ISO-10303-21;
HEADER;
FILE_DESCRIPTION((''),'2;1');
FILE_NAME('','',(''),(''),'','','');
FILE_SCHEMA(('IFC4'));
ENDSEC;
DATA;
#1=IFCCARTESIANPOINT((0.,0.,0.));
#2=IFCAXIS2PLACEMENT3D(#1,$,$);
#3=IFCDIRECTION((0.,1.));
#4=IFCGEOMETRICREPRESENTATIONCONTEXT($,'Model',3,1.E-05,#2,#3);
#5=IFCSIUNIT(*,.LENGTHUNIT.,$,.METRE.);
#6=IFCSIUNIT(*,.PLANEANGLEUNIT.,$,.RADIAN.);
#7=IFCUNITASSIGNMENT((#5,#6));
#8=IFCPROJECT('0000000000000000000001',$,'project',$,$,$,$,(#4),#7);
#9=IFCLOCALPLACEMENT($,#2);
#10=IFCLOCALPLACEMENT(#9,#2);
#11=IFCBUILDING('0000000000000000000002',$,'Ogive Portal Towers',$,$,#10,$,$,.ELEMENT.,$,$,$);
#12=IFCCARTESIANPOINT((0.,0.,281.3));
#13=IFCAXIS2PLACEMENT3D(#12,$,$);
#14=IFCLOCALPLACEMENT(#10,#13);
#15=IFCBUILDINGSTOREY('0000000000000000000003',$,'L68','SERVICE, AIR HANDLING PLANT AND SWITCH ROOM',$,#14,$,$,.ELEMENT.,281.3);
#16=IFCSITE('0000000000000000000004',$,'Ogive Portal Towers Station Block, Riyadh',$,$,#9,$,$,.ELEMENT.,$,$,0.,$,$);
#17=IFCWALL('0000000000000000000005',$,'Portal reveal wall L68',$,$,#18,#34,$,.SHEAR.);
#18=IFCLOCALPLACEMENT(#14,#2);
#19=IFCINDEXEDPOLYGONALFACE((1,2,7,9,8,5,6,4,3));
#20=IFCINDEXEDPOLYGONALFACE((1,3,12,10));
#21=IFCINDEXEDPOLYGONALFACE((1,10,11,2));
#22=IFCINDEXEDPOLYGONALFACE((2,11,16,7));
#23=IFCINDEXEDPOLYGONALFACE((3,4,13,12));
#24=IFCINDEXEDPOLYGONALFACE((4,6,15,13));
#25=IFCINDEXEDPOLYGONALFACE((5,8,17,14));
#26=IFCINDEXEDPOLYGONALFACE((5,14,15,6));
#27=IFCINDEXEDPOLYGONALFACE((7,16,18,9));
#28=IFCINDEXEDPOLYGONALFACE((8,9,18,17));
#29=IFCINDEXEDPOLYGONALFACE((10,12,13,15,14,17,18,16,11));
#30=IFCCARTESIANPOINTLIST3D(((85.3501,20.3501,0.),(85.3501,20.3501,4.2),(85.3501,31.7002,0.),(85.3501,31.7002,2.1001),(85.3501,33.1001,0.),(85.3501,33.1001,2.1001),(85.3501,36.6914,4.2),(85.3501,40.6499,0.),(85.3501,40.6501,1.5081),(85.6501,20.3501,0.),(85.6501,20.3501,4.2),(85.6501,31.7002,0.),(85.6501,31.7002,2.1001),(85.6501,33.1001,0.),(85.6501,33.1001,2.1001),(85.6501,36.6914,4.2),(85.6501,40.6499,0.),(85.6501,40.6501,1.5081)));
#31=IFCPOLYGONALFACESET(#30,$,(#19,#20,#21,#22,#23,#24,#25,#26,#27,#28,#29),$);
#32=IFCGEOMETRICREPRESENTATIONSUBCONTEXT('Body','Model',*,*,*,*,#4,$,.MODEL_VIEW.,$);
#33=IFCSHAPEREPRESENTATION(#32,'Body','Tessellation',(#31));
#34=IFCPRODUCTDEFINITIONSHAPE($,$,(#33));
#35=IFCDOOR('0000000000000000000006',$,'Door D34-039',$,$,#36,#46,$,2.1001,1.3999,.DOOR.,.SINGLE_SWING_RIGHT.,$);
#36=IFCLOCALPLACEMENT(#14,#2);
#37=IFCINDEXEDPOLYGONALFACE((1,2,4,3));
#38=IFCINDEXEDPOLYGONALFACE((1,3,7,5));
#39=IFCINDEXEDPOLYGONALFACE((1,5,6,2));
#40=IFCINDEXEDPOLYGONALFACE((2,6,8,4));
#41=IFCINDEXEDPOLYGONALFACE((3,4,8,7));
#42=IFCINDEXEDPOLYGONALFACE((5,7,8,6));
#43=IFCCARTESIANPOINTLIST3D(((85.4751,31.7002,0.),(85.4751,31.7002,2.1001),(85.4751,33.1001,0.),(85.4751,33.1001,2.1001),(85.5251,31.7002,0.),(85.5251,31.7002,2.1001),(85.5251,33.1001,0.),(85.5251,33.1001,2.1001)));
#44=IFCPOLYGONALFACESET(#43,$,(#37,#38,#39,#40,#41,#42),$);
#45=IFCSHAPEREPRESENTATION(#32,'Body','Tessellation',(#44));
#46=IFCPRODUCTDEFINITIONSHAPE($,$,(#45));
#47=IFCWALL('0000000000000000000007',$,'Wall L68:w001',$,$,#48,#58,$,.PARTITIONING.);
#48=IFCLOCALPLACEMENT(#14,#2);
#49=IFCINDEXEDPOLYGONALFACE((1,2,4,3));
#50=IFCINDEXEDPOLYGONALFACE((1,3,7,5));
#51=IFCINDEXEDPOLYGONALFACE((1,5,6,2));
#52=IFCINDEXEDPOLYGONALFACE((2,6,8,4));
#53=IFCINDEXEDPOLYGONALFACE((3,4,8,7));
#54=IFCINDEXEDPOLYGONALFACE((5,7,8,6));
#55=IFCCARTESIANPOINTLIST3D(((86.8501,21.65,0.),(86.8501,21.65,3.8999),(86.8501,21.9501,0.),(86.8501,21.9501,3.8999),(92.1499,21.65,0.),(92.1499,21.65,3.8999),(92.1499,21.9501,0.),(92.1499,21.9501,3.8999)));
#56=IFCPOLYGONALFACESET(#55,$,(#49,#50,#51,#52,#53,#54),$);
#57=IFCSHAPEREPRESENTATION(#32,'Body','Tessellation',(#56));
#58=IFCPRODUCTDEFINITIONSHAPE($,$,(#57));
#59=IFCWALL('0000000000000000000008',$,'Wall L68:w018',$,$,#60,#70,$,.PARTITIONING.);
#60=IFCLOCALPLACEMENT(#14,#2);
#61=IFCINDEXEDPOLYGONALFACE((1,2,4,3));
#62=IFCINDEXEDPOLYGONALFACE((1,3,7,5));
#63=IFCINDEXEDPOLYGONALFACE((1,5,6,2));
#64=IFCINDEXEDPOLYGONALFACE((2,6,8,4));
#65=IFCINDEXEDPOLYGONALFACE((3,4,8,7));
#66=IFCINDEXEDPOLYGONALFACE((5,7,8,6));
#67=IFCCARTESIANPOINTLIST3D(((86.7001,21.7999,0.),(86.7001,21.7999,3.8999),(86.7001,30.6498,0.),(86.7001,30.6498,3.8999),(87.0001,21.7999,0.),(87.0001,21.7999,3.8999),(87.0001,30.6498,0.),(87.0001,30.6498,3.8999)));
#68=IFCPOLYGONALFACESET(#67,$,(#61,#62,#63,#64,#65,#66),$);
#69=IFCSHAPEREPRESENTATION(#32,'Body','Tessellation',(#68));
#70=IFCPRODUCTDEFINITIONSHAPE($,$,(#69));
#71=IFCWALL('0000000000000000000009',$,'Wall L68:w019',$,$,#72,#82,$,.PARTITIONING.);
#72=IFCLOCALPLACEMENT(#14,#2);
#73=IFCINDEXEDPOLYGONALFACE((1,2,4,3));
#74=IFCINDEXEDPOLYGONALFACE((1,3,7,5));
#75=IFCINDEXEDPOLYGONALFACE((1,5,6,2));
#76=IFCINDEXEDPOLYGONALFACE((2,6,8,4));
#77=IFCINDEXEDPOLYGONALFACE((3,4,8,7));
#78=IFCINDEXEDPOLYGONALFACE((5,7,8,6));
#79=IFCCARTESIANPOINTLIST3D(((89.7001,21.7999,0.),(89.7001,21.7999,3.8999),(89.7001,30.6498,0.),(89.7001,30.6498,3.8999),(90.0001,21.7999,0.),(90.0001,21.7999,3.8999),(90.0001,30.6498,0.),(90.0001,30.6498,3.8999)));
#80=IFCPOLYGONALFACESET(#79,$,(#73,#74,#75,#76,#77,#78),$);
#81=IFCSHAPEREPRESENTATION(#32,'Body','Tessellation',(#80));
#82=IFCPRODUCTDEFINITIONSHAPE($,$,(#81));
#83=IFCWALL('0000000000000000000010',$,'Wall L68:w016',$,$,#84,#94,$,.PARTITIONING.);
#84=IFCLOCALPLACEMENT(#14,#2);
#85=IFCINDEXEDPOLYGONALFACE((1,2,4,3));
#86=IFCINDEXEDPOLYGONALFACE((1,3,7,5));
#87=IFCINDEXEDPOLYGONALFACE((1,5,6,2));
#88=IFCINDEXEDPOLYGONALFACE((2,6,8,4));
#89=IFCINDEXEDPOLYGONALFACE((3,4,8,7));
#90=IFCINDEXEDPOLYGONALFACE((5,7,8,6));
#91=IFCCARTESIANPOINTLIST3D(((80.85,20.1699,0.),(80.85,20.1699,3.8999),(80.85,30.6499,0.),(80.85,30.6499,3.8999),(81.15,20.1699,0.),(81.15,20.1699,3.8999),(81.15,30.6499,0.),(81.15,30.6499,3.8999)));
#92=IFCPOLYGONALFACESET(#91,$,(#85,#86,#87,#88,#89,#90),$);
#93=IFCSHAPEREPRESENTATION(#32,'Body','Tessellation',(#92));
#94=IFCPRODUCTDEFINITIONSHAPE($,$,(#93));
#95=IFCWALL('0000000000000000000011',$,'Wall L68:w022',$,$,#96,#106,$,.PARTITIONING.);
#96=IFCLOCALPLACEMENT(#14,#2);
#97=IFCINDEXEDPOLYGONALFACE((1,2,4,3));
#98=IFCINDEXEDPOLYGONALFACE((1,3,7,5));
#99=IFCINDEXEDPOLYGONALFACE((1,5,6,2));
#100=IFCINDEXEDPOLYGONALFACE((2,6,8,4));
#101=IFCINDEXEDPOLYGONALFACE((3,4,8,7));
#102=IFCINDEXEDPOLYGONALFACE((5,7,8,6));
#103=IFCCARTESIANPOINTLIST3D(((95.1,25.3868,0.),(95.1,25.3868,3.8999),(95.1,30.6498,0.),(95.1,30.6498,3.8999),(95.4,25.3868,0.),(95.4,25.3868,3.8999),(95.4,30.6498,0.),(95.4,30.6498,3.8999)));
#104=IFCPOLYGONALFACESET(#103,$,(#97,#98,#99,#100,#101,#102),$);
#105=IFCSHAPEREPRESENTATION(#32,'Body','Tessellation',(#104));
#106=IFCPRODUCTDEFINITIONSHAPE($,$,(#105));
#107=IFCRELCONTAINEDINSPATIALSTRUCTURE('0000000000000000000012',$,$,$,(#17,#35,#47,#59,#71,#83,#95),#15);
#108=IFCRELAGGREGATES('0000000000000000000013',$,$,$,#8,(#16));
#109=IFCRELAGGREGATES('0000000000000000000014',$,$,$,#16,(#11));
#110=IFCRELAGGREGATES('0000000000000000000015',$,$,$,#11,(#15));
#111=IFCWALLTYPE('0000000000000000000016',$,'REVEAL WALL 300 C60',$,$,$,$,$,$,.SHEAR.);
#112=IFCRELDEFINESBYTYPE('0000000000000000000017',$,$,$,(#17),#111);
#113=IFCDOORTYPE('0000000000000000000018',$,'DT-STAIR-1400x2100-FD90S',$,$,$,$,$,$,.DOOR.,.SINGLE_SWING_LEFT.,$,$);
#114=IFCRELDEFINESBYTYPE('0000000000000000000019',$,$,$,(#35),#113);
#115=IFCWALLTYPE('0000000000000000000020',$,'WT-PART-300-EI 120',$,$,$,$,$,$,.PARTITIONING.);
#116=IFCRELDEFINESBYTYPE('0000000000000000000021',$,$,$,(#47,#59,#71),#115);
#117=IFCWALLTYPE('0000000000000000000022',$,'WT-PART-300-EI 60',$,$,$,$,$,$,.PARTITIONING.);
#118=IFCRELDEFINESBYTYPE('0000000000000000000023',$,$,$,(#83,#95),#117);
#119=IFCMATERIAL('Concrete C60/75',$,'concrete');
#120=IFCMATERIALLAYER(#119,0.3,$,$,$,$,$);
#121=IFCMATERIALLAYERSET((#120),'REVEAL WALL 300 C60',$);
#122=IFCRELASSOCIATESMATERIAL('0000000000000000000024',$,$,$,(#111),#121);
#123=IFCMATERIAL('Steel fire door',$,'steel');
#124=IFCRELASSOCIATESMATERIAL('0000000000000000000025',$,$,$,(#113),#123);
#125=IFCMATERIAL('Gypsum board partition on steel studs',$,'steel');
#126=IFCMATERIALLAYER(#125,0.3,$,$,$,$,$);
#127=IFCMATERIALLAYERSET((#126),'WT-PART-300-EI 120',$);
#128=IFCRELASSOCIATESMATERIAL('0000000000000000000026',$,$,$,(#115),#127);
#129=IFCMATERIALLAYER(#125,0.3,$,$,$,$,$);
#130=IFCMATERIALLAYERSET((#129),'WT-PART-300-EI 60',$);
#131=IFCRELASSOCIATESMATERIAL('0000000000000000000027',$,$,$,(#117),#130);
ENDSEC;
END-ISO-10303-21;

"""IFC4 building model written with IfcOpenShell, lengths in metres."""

from ifc_helpers import new_model, si_unit, direction, frame, frame_2d, origin, place, context, subcontext, project, spatial, polyline, rectangle, outline, extrude, material, layer, layer_set, type_object, element, fill, save


model = new_model("IFC4")

# Units and contexts
model_context = context("Model", 3, precision=1e-05, world=origin(), true_north=direction((0.0, 1.0)))
body_context = subcontext(model_context, "Body", "Model", "MODEL_VIEW")
ifc_project = project(units=[si_unit("LENGTHUNIT", "METRE"), si_unit("PLANEANGLEUNIT", "RADIAN")], contexts=[model_context])

# Site, building, storey
site_placement = place(None, origin())
site = spatial("IfcSite", under=ifc_project, at=site_placement, Name="Ogive Portal Towers Station Block, Riyadh", CompositionType="ELEMENT", RefElevation=0.0)
building_placement = place(site_placement, origin())
building = spatial("IfcBuilding", under=site, at=building_placement, Name="Ogive Portal Towers", CompositionType="ELEMENT")
storey_placement = place(building_placement, frame((0.0, 0.0, 281.3)))
storey = spatial("IfcBuildingStorey", under=building, at=storey_placement, Name="L68", Description="SERVICE, AIR HANDLING PLANT AND SWITCH ROOM", CompositionType="ELEMENT", Elevation=281.3)

# Wall, opening, door
ifc_material_1 = material(Name="Concrete C60/75", Category="concrete")
ifc_layer_1 = layer(ifc_material_1, 0.3)
ifc_layer_set_1 = layer_set([ifc_layer_1], Name="REVEAL WALL 300 C60")
wall_type_1 = type_object("IfcWallType", Name="REVEAL WALL 300 C60", PredefinedType="SHEAR", material=ifc_layer_set_1)
wall_1_placement = place(storey_placement, frame((85.5, 20.3501, 0.0), z_axis=(0.0, 0.0, 1.0), x_axis=(0.0, 1.0, 0.0)))
wall_1 = element("IfcWall", 1, at=wall_1_placement, inside=storey, type_object=wall_type_1, Name="Portal reveal wall L68", PredefinedType="SHEAR", context=body_context, shape_type="SweptSolid", body=[
    extrude(outline(polyline([(0.0, 0.0), (20.2998, 0.0), (20.3, 1.5081), (16.3413, 4.2), (0.0, 4.2), (0.0, 0.0)])), frame((0.0, 0.1499, 0.0), z_axis=(0.0, -1.0, 0.0), x_axis=(1.0, 0.0, 0.0)), (0.0, 0.0, 1.0), 0.3),
])
opening_placement = place(wall_1_placement, frame((11.3501, 0.0, 0.0)))
opening = element("IfcOpeningElement", 2, at=opening_placement, cuts=wall_1, PredefinedType="OPENING", context=body_context, shape_type="SweptSolid", body=[
    extrude(rectangle(XDim=1.3999, YDim=2.1001, at=frame_2d((0.7, 1.05))), frame((0.0, 0.1602, 0.0), z_axis=(0.0, -1.0, 0.0), x_axis=(1.0, 0.0, 0.0)), (0.0, 0.0, 1.0), 0.3201),
])
ifc_material_2 = material(Name="Steel fire door", Category="steel")
door_type = type_object("IfcDoorType", Name="DT-STAIR-1400x2100-FD90S", OperationType="SINGLE_SWING_LEFT", PredefinedType="DOOR", material=ifc_material_2)
door_placement = place(opening_placement, origin())
door = element("IfcDoor", 3, at=door_placement, inside=storey, type_object=door_type, Name="Door D34-039", OperationType="SINGLE_SWING_RIGHT", OverallHeight=2.1001, OverallWidth=1.3999, PredefinedType="DOOR", context=body_context, shape_type="SweptSolid", body=[
    extrude(rectangle(XDim=1.3999, YDim=2.1001, at=frame_2d((0.7, 1.05))), frame((0.0, 0.0249, 0.0), z_axis=(0.0, -1.0, 0.0), x_axis=(1.0, 0.0, 0.0)), (0.0, 0.0, 1.0), 0.05),
])
fill(opening, door)

# Walls
ifc_material_3 = material(Name="Gypsum board partition on steel studs", Category="steel")
ifc_layer_2 = layer(ifc_material_3, 0.3)
ifc_layer_set_2 = layer_set([ifc_layer_2], Name="WT-PART-300-EI 120")
wall_type_2 = type_object("IfcWallType", Name="WT-PART-300-EI 120", PredefinedType="PARTITIONING", material=ifc_layer_set_2)
wall_2_placement = place(storey_placement, frame((86.8501, 21.8, 0.0), z_axis=(0.0, 0.0, 1.0), x_axis=(1.0, 0.0, 0.0)))
element("IfcWall", 4, at=wall_2_placement, inside=storey, type_object=wall_type_2, Name="Wall L68:w001", PredefinedType="PARTITIONING", context=body_context, shape_type="SweptSolid", body=[
    extrude(rectangle(XDim=5.2998, YDim=0.3, at=frame_2d((2.6499, 0.0))), origin(), (0.0, 0.0, 1.0), 3.8999),
])
for number, where, z_axis, x_axis, name in (
    (5, (86.8501, 21.8, 0.0), (0.0, 0.0, 1.0), (0.0, 1.0, 0.0), "Wall L68:w018"),
    (6, (89.8501, 21.8, 0.0), (0.0, 0.0, 1.0), (0.0, 1.0, 0.0), "Wall L68:w019"),
):
    element("IfcWall", number, at=place(storey_placement, frame(where, z_axis=z_axis, x_axis=x_axis)), inside=storey, type_object=wall_type_2, Name=name, PredefinedType="PARTITIONING", context=body_context, shape_type="SweptSolid", body=[
        extrude(rectangle(XDim=8.8499, YDim=0.3, at=frame_2d((4.4248, 0.0))), origin(), (0.0, 0.0, 1.0), 3.8999),
    ])
ifc_layer_3 = layer(ifc_material_3, 0.3)
ifc_layer_set_3 = layer_set([ifc_layer_3], Name="WT-PART-300-EI 60")
wall_type_3 = type_object("IfcWallType", Name="WT-PART-300-EI 60", PredefinedType="PARTITIONING", material=ifc_layer_set_3)
wall_3_placement = place(storey_placement, frame((81.0, 20.1699, 0.0), z_axis=(0.0, 0.0, 1.0), x_axis=(0.0, 1.0, 0.0)))
element("IfcWall", 7, at=wall_3_placement, inside=storey, type_object=wall_type_3, Name="Wall L68:w016", PredefinedType="PARTITIONING", context=body_context, shape_type="SweptSolid", body=[
    extrude(rectangle(XDim=10.48, YDim=0.3, at=frame_2d((5.24, 0.0))), origin(), (0.0, 0.0, 1.0), 3.8999),
])
wall_4_placement = place(storey_placement, frame((95.25, 25.387, 0.0), z_axis=(0.0, 0.0, 1.0), x_axis=(0.0, 1.0, 0.0)))
element("IfcWall", 8, at=wall_4_placement, inside=storey, type_object=wall_type_3, Name="Wall L68:w022", PredefinedType="PARTITIONING", context=body_context, shape_type="SweptSolid", body=[
    extrude(rectangle(XDim=5.2629, YDim=0.3, at=frame_2d((2.6313, 0.0))), origin(), (0.0, 0.0, 1.0), 3.8999),
])

save(model, "model.ifc")
